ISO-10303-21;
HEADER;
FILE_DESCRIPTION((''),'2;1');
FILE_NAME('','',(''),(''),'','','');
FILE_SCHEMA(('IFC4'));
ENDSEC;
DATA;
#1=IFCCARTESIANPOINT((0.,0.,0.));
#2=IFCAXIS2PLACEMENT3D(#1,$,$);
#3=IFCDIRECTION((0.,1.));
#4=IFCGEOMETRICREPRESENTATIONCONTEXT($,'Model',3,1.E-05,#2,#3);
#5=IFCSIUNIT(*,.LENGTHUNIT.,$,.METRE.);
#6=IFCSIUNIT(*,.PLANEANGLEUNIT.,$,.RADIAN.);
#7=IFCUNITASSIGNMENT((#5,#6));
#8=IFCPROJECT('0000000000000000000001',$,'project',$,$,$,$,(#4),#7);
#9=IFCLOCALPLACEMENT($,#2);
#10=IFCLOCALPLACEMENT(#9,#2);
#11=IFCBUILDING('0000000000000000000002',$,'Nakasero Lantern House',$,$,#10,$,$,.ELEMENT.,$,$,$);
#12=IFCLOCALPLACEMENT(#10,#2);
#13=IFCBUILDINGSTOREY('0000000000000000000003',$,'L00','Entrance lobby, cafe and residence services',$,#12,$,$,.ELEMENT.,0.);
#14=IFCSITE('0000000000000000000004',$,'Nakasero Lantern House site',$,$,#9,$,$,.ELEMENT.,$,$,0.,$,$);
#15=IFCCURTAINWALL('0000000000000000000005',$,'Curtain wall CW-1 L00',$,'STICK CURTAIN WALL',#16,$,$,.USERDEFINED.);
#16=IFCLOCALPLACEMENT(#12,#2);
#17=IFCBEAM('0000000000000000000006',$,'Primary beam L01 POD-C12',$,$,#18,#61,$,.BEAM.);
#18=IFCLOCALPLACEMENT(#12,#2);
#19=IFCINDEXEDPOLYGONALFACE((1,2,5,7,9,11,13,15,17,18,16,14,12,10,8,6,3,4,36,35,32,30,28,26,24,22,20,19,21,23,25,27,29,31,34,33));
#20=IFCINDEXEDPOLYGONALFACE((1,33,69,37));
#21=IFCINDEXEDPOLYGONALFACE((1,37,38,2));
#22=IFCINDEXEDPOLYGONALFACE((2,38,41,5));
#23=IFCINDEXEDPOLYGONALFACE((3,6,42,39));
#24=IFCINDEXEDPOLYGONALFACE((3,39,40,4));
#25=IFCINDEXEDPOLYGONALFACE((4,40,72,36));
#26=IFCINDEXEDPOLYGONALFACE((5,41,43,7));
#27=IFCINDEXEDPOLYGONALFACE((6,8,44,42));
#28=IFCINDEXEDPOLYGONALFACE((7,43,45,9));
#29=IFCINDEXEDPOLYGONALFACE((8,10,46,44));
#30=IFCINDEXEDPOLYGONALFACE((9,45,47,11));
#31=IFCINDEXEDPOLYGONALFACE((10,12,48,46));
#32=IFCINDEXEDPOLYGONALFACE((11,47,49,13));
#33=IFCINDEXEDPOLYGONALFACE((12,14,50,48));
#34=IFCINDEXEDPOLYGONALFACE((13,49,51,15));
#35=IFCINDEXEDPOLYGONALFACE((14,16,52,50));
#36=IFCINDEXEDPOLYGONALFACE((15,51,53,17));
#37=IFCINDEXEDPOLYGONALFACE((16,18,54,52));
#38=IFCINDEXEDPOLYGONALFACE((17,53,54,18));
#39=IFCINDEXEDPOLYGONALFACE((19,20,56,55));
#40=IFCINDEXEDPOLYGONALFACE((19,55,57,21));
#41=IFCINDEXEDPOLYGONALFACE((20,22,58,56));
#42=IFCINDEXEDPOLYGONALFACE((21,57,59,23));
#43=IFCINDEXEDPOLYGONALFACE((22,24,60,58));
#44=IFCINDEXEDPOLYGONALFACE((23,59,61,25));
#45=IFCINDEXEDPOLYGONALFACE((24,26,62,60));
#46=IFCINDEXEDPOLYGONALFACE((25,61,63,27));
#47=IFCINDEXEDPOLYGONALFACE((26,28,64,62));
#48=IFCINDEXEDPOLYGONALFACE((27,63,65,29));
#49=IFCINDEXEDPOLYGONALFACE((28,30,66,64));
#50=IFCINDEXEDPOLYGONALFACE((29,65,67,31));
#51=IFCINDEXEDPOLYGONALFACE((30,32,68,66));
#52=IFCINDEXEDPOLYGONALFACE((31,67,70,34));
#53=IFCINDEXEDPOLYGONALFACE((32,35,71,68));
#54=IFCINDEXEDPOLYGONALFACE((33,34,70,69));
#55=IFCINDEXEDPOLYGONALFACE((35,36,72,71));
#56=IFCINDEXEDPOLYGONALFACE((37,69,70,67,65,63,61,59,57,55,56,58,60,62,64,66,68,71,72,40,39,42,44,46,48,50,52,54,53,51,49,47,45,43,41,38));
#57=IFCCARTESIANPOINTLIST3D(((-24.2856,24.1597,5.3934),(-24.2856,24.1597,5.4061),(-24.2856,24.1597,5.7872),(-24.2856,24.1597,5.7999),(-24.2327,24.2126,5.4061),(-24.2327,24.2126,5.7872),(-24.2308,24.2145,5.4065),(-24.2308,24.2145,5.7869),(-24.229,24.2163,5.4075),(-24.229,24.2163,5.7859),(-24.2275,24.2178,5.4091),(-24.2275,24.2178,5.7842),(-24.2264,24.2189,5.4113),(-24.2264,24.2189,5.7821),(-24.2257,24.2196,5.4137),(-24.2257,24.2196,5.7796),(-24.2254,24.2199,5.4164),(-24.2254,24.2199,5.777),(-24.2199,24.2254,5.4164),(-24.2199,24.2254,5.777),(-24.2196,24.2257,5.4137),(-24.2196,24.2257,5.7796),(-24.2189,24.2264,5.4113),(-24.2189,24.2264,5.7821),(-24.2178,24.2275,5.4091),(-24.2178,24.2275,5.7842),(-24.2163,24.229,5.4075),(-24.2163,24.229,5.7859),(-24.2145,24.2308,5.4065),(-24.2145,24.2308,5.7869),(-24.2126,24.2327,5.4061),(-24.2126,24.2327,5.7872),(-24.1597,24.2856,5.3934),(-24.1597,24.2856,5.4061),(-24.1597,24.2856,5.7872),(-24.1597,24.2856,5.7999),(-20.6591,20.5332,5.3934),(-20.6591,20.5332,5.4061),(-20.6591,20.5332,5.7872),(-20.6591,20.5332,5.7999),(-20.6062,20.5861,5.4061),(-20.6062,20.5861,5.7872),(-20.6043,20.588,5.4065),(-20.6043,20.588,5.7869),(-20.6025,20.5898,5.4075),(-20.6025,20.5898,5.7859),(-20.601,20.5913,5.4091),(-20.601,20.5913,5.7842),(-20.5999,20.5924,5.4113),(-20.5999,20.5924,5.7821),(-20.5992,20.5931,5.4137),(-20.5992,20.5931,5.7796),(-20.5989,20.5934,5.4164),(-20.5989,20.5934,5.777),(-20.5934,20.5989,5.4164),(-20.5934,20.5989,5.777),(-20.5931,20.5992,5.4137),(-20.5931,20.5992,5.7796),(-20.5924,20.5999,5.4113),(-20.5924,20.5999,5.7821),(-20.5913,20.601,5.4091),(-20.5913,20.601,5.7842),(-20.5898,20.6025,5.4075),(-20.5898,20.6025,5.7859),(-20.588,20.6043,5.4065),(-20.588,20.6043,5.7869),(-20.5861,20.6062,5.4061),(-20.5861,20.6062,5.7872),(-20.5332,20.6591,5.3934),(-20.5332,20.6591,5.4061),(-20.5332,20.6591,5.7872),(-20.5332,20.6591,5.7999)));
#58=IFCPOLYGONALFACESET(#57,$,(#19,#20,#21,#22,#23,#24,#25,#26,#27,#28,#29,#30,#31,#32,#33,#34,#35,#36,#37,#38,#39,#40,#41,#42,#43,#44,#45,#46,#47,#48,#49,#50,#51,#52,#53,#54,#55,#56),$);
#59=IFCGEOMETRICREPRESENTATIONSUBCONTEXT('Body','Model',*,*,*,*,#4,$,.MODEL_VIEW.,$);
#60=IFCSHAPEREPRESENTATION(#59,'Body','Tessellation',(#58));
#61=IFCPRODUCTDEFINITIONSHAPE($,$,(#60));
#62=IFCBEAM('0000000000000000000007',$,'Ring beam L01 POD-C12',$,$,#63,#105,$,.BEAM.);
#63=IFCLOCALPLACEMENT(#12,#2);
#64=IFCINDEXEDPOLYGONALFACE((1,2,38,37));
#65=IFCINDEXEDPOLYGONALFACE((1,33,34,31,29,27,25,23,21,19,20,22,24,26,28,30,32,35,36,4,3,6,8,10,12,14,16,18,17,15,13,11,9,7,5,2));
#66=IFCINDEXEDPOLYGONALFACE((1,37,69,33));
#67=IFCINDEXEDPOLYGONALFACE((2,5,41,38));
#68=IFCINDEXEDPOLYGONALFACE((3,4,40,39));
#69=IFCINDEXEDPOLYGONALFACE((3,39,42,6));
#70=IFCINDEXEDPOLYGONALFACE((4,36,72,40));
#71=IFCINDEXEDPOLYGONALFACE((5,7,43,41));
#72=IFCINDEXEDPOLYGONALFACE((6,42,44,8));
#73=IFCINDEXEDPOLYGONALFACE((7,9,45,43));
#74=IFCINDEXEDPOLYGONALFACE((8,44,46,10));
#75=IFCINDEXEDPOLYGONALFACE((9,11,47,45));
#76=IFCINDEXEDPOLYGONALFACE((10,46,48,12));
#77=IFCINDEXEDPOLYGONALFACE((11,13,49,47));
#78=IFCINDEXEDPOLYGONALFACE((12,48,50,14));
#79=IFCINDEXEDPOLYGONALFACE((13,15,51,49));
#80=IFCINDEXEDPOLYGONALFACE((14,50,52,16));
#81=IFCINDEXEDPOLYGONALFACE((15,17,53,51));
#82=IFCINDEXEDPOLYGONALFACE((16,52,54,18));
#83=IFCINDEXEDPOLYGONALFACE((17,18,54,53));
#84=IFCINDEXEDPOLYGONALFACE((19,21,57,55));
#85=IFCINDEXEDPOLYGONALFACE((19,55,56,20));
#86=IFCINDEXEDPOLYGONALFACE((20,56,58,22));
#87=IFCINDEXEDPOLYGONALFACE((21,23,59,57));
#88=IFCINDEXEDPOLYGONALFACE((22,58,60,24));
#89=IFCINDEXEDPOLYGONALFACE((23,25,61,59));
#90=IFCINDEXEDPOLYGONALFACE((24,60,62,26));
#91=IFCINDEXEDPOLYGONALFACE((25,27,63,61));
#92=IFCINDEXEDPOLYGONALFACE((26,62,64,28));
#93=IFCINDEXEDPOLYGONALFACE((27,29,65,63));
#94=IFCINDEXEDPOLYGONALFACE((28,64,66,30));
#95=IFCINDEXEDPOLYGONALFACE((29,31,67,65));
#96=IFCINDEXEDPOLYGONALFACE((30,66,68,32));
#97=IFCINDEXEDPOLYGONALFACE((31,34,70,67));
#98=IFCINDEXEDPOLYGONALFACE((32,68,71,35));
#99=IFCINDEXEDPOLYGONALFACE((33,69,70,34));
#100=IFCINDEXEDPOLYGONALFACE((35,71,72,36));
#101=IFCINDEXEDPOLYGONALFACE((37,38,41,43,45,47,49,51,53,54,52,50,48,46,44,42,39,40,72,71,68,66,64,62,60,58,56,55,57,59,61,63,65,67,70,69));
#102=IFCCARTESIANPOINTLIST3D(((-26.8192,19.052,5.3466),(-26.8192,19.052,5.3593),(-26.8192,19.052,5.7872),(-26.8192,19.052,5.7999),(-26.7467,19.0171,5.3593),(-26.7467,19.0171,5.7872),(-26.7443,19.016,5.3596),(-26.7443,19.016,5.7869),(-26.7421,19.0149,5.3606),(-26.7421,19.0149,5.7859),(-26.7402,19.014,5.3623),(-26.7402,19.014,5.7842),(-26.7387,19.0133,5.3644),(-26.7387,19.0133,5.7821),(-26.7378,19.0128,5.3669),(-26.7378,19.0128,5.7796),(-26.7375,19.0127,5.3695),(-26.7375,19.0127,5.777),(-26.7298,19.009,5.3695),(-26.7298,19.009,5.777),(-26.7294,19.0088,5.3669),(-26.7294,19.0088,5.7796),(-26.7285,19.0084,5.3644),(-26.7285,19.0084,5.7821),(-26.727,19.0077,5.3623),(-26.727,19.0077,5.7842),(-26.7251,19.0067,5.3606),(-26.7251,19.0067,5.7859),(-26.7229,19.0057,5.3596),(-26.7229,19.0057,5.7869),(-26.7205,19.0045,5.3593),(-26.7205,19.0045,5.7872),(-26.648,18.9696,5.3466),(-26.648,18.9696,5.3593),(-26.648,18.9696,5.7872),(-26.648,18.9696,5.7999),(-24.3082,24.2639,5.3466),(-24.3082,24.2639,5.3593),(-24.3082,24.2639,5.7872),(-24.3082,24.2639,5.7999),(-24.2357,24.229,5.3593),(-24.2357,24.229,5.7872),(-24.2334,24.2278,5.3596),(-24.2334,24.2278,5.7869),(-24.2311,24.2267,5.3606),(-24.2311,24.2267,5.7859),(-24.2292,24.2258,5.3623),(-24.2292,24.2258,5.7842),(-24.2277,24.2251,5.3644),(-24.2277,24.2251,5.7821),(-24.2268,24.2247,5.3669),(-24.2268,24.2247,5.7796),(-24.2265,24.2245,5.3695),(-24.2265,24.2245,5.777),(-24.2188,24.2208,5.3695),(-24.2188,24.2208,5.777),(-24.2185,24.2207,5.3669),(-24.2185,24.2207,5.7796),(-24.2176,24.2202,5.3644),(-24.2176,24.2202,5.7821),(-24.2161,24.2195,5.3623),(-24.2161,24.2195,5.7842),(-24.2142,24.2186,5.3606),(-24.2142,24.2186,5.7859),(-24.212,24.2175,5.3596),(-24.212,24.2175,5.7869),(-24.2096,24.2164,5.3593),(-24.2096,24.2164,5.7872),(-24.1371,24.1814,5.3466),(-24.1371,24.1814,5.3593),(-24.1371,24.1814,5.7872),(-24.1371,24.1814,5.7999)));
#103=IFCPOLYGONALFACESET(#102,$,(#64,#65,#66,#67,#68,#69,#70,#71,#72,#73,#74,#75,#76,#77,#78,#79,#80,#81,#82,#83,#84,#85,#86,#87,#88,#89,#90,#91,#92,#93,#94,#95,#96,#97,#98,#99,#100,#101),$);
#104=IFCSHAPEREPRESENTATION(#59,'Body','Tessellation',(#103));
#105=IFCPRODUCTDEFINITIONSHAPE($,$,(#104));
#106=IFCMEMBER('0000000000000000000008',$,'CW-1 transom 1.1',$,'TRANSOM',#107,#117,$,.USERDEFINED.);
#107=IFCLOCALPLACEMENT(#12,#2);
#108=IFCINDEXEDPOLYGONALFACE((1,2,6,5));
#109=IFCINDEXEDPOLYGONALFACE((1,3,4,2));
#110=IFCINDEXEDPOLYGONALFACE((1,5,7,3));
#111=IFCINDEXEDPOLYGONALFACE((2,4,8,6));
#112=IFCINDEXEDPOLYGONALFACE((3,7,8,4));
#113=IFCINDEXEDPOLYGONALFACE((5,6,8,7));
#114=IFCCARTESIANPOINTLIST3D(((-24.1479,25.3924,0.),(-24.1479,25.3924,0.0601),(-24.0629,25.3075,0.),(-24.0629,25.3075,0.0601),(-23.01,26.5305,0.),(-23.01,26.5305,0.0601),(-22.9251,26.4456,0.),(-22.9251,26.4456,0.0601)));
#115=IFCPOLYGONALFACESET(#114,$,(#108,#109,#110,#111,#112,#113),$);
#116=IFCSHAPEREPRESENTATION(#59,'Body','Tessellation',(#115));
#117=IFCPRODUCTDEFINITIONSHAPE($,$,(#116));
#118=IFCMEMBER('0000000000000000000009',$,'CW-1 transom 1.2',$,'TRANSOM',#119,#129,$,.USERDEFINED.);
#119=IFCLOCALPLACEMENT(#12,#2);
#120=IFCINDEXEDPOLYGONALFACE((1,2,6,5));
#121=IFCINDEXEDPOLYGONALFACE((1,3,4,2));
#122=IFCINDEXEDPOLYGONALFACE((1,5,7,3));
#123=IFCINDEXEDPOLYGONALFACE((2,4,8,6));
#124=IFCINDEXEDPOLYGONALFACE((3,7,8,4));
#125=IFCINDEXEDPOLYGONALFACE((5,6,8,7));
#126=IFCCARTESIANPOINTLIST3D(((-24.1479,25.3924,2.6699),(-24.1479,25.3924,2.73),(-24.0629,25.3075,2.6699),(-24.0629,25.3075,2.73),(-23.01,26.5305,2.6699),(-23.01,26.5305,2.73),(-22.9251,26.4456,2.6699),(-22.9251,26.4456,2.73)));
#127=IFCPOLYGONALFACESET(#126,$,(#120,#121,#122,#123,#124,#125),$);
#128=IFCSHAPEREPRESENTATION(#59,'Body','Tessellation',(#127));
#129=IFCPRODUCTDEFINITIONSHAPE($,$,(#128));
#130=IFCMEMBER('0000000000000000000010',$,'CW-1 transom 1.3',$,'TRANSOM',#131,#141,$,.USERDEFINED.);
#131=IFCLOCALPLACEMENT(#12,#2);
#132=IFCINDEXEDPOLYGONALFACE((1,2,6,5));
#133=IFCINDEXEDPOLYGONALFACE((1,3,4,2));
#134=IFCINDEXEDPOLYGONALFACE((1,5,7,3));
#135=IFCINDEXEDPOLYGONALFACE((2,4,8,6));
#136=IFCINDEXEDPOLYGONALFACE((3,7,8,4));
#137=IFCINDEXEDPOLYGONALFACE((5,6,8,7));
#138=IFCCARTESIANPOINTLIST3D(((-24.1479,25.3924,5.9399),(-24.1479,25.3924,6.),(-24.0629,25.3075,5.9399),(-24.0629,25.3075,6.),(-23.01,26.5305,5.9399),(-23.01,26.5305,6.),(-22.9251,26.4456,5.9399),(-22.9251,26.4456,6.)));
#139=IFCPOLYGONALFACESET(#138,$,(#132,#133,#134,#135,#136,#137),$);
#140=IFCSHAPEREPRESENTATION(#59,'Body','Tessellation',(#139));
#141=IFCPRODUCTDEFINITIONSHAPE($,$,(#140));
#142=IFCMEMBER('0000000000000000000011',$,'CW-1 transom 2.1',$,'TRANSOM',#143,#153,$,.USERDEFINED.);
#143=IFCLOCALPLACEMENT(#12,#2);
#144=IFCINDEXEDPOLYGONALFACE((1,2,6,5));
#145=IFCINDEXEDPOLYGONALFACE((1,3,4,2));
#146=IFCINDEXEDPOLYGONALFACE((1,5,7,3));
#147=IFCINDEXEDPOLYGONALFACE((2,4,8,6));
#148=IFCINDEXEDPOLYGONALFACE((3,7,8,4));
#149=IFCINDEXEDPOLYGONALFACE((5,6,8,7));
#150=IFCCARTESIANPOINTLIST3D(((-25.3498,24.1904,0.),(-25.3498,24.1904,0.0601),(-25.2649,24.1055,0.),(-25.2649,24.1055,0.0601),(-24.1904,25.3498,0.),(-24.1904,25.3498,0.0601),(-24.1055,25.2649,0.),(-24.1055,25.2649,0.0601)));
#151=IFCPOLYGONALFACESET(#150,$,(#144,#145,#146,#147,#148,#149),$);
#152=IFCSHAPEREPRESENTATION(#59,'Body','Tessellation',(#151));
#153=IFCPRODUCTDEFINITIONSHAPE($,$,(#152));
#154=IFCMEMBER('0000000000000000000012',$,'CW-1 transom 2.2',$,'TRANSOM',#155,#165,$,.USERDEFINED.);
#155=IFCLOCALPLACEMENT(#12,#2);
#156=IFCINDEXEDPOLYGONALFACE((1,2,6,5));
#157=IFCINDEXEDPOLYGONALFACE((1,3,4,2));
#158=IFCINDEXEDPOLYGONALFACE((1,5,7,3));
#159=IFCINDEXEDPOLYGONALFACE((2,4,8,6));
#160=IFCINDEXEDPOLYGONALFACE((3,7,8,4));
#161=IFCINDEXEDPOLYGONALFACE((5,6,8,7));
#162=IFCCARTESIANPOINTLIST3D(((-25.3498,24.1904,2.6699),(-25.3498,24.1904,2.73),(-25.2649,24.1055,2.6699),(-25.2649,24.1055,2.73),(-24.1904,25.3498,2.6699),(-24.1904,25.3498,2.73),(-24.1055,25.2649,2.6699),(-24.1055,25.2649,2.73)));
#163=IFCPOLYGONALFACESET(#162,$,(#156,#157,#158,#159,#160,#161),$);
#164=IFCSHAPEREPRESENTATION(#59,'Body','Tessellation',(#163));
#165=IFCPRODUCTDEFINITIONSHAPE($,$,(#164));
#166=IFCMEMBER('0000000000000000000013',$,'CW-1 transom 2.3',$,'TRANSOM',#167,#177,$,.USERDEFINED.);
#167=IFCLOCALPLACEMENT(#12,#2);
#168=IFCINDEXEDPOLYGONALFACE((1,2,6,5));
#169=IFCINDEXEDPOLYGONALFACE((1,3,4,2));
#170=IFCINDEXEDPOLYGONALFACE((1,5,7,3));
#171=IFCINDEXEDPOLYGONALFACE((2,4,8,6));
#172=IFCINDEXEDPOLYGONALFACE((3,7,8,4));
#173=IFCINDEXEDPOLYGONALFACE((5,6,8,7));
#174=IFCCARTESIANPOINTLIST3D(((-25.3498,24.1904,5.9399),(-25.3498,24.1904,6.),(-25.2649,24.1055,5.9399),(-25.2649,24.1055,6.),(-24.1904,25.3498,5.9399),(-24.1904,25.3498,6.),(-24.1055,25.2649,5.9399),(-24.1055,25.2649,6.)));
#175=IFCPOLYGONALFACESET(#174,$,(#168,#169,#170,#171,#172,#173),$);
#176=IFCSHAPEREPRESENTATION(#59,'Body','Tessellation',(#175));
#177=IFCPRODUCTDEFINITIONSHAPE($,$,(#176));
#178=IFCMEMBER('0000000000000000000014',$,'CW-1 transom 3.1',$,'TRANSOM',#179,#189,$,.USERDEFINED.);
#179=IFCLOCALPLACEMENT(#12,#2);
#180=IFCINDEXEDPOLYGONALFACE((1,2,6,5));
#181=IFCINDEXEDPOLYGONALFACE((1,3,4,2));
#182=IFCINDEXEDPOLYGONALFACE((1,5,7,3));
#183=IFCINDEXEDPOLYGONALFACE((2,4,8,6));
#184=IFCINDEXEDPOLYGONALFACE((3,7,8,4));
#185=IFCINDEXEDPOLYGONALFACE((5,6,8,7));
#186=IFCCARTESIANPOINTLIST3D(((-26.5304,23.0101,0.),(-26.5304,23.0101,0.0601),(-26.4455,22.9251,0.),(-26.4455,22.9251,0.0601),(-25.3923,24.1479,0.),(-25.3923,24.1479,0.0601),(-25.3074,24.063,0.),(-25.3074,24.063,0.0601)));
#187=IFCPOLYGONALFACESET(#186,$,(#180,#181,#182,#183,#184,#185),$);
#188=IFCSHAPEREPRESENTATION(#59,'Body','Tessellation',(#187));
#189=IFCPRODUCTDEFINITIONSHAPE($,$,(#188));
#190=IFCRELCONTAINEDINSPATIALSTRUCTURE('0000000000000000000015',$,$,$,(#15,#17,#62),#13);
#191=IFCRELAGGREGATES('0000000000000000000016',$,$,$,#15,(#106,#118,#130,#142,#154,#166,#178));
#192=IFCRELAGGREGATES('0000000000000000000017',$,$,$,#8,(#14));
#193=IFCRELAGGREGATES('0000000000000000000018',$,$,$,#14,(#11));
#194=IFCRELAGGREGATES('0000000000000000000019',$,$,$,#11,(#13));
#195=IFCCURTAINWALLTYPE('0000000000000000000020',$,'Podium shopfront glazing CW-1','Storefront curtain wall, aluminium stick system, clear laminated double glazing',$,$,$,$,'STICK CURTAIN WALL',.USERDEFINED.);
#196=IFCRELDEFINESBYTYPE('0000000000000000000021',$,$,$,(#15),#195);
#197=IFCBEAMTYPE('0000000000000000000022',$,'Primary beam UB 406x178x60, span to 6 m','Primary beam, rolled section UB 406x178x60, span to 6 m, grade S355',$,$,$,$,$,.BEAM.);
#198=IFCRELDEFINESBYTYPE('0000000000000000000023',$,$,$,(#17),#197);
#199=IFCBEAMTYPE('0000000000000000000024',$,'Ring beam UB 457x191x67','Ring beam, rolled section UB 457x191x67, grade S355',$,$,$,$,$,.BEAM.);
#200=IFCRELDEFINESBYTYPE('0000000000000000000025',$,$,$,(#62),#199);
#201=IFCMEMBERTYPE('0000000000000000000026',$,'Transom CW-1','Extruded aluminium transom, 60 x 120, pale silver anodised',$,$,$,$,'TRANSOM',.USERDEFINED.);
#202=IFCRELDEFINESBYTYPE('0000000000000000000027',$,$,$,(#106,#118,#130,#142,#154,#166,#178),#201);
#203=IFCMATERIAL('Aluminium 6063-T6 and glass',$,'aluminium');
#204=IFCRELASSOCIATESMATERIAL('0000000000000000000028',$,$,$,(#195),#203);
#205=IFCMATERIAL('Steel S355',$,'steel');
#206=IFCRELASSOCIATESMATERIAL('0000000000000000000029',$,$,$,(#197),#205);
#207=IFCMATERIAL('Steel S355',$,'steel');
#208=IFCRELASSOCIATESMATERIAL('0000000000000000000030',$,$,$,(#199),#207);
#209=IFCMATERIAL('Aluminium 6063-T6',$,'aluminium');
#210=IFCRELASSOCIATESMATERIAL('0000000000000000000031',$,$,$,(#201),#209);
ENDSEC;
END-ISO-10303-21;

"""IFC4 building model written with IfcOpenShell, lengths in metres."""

from ifc_helpers import new_model, si_unit, direction, frame, origin, origin_2d, place, context, subcontext, project, spatial, rectangle, i_section, extrude, material, material_profile, profile_set, type_object, element, aggregate, save


model = new_model("IFC4")

# Units and contexts
model_context = context("Model", 3, precision=1e-05, world=origin(), true_north=direction((0.0, 1.0)))
body_context = subcontext(model_context, "Body", "Model", "MODEL_VIEW")
ifc_project = project(units=[si_unit("LENGTHUNIT", "METRE"), si_unit("PLANEANGLEUNIT", "RADIAN")], contexts=[model_context])

# Site, building, storey
site_placement = place(None, origin())
site = spatial("IfcSite", under=ifc_project, at=site_placement, Name="Nakasero Lantern House site", CompositionType="ELEMENT", RefElevation=0.0)
building_placement = place(site_placement, origin())
building = spatial("IfcBuilding", under=site, at=building_placement, Name="Nakasero Lantern House", CompositionType="ELEMENT")
storey_placement = place(building_placement, origin())
storey = spatial("IfcBuildingStorey", under=building, at=storey_placement, Name="L00", Description="Entrance lobby, cafe and residence services", CompositionType="ELEMENT", Elevation=0.0)

# Curtain wall
ifc_material_1 = material(Name="Aluminium 6063-T6 and glass", Category="aluminium")
curtain_wall_type = type_object("IfcCurtainWallType", Name="Podium shopfront glazing CW-1", Description="Storefront curtain wall, aluminium stick system, clear laminated double glazing", ElementType="STICK CURTAIN WALL", PredefinedType="USERDEFINED", material=ifc_material_1)
curtain_wall_1_placement = place(storey_placement, origin())
curtain_wall_1 = element("IfcCurtainWall", 1, at=curtain_wall_1_placement, inside=storey, type_object=curtain_wall_type, Name="Curtain wall CW-1 L00", ObjectType="STICK CURTAIN WALL", PredefinedType="USERDEFINED")

# Beams
ifc_material_2 = material(Name="Steel S355", Category="steel")
ifc_material_profile_1 = material_profile(ifc_material_2, i_section(OverallWidth=0.178, OverallDepth=0.4065, WebThickness=0.0078, FlangeThickness=0.0127, FilletRadius=0.0103, at=origin_2d()), Name="UB 406x178x60")
ifc_profile_set_1 = profile_set([ifc_material_profile_1], Name="Steel S355")
beam_type_1 = type_object("IfcBeamType", Name="Primary beam UB 406x178x60, span to 6 m", Description="Primary beam, rolled section UB 406x178x60, span to 6 m, grade S355", PredefinedType="BEAM", material=ifc_profile_set_1)
beam_1_placement = place(storey_placement, frame((-24.2227, 24.2227, 5.5967), z_axis=(0.707107, -0.707107, 0.0), x_axis=(0.707107, 0.707107, 0.0)))
element("IfcBeam", 2, at=beam_1_placement, inside=storey, type_object=beam_type_1, Name="Primary beam L01 POD-C12", PredefinedType="BEAM", context=body_context, shape_type="SweptSolid", body=[
    extrude(i_section(OverallWidth=0.178, OverallDepth=0.4065, WebThickness=0.0078, FlangeThickness=0.0127, FilletRadius=0.0103, at=origin_2d()), origin(), (0.0, 0.0, 1.0), 5.1287),
])
ifc_material_3 = material(Name="Steel S355", Category="steel")
ifc_material_profile_2 = material_profile(ifc_material_3, i_section(OverallWidth=0.1899, OverallDepth=0.4534, WebThickness=0.0085, FlangeThickness=0.0127, FilletRadius=0.0103, at=origin_2d()), Name="UB 457x191x67")
ifc_profile_set_2 = profile_set([ifc_material_profile_2], Name="Steel S355")
beam_type_2 = type_object("IfcBeamType", Name="Ring beam UB 457x191x67", Description="Ring beam, rolled section UB 457x191x67, grade S355", PredefinedType="BEAM", material=ifc_profile_set_2)
beam_2_placement = place(storey_placement, frame((-24.2227, 24.2227, 5.5732), z_axis=(-0.434033, -0.900897, 0.0), x_axis=(0.900897, -0.434033, 0.0)))
element("IfcBeam", 3, at=beam_2_placement, inside=storey, type_object=beam_type_2, Name="Ring beam L01 POD-C12", PredefinedType="BEAM", context=body_context, shape_type="SweptSolid", body=[
    extrude(i_section(OverallWidth=0.1899, OverallDepth=0.4534, WebThickness=0.0085, FlangeThickness=0.0127, FilletRadius=0.0103, at=origin_2d()), origin(), (0.0, 0.0, 1.0), 5.7852),
])

# Members
ifc_material_4 = material(Name="Aluminium 6063-T6", Category="aluminium")
ifc_material_profile_3 = material_profile(ifc_material_4, rectangle(XDim=0.0601, YDim=0.1201, at=origin_2d()), Name="CW-1 transom 60x120")
ifc_profile_set_3 = profile_set([ifc_material_profile_3], Name="Aluminium 6063-T6")
member_type_1 = type_object("IfcMemberType", Name="Transom CW-1", Description="Extruded aluminium transom, 60 x 120, pale silver anodised", ElementType="TRANSOM", PredefinedType="USERDEFINED", material=ifc_profile_set_3)
member_1_placement = place(storey_placement, frame((-22.9675, 26.488, 0.03), z_axis=(-0.707031, -0.707183, 0.0), x_axis=(0.0, 0.0, 1.0)))
member_1 = element("IfcMember", 4, at=member_1_placement, type_object=member_type_1, Name="CW-1 transom 1.1", ObjectType="TRANSOM", PredefinedType="USERDEFINED", context=body_context, shape_type="SweptSolid", body=[
    extrude(rectangle(XDim=0.0601, YDim=0.1201, at=origin_2d()), origin(), (0.0, 0.0, 1.0), 1.6094),
])
member_2_placement = place(storey_placement, frame((-22.9675, 26.488, 2.7), z_axis=(-0.707031, -0.707183, 0.0), x_axis=(0.0, 0.0, 1.0)))
member_2 = element("IfcMember", 5, at=member_2_placement, type_object=member_type_1, Name="CW-1 transom 1.2", ObjectType="TRANSOM", PredefinedType="USERDEFINED", context=body_context, shape_type="SweptSolid", body=[
    extrude(rectangle(XDim=0.0601, YDim=0.1201, at=origin_2d()), origin(), (0.0, 0.0, 1.0), 1.6094),
])
member_3_placement = place(storey_placement, frame((-22.9675, 26.488, 5.97), z_axis=(-0.707031, -0.707183, 0.0), x_axis=(0.0, 0.0, 1.0)))
member_3 = element("IfcMember", 6, at=member_3_placement, type_object=member_type_1, Name="CW-1 transom 1.3", ObjectType="TRANSOM", PredefinedType="USERDEFINED", context=body_context, shape_type="SweptSolid", body=[
    extrude(rectangle(XDim=0.0601, YDim=0.1201, at=origin_2d()), origin(), (0.0, 0.0, 1.0), 1.6094),
])
member_4_placement = place(storey_placement, frame((-24.1479, 25.3074, 0.03), z_axis=(-0.707107, -0.707107, 0.0), x_axis=(0.0, 0.0, 1.0)))
member_4 = element("IfcMember", 7, at=member_4_placement, type_object=member_type_1, Name="CW-1 transom 2.1", ObjectType="TRANSOM", PredefinedType="USERDEFINED", context=body_context, shape_type="SweptSolid", body=[
    extrude(rectangle(XDim=0.0601, YDim=0.1201, at=origin_2d()), origin(), (0.0, 0.0, 1.0), 1.6396),
])
member_5_placement = place(storey_placement, frame((-24.1479, 25.3074, 2.7), z_axis=(-0.707107, -0.707107, 0.0), x_axis=(0.0, 0.0, 1.0)))
member_5 = element("IfcMember", 8, at=member_5_placement, type_object=member_type_1, Name="CW-1 transom 2.2", ObjectType="TRANSOM", PredefinedType="USERDEFINED", context=body_context, shape_type="SweptSolid", body=[
    extrude(rectangle(XDim=0.0601, YDim=0.1201, at=origin_2d()), origin(), (0.0, 0.0, 1.0), 1.6396),
])
member_6_placement = place(storey_placement, frame((-24.1479, 25.3074, 5.97), z_axis=(-0.707107, -0.707107, 0.0), x_axis=(0.0, 0.0, 1.0)))
member_6 = element("IfcMember", 9, at=member_6_placement, type_object=member_type_1, Name="CW-1 transom 2.3", ObjectType="TRANSOM", PredefinedType="USERDEFINED", context=body_context, shape_type="SweptSolid", body=[
    extrude(rectangle(XDim=0.0601, YDim=0.1201, at=origin_2d()), origin(), (0.0, 0.0, 1.0), 1.6396),
])
member_7_placement = place(storey_placement, frame((-25.3499, 24.1055, 0.03), z_axis=(-0.707183, -0.707031, 0.0), x_axis=(0.0, 0.0, 1.0)))
member_7 = element("IfcMember", 10, at=member_7_placement, type_object=member_type_1, Name="CW-1 transom 3.1", ObjectType="TRANSOM", PredefinedType="USERDEFINED", context=body_context, shape_type="SweptSolid", body=[
    extrude(rectangle(XDim=0.0601, YDim=0.1201, at=origin_2d()), origin(), (0.0, 0.0, 1.0), 1.6094),
])

aggregate(curtain_wall_1, [member_1, member_2, member_3, member_4, member_5, member_6, member_7])

save(model, "model.ifc")
